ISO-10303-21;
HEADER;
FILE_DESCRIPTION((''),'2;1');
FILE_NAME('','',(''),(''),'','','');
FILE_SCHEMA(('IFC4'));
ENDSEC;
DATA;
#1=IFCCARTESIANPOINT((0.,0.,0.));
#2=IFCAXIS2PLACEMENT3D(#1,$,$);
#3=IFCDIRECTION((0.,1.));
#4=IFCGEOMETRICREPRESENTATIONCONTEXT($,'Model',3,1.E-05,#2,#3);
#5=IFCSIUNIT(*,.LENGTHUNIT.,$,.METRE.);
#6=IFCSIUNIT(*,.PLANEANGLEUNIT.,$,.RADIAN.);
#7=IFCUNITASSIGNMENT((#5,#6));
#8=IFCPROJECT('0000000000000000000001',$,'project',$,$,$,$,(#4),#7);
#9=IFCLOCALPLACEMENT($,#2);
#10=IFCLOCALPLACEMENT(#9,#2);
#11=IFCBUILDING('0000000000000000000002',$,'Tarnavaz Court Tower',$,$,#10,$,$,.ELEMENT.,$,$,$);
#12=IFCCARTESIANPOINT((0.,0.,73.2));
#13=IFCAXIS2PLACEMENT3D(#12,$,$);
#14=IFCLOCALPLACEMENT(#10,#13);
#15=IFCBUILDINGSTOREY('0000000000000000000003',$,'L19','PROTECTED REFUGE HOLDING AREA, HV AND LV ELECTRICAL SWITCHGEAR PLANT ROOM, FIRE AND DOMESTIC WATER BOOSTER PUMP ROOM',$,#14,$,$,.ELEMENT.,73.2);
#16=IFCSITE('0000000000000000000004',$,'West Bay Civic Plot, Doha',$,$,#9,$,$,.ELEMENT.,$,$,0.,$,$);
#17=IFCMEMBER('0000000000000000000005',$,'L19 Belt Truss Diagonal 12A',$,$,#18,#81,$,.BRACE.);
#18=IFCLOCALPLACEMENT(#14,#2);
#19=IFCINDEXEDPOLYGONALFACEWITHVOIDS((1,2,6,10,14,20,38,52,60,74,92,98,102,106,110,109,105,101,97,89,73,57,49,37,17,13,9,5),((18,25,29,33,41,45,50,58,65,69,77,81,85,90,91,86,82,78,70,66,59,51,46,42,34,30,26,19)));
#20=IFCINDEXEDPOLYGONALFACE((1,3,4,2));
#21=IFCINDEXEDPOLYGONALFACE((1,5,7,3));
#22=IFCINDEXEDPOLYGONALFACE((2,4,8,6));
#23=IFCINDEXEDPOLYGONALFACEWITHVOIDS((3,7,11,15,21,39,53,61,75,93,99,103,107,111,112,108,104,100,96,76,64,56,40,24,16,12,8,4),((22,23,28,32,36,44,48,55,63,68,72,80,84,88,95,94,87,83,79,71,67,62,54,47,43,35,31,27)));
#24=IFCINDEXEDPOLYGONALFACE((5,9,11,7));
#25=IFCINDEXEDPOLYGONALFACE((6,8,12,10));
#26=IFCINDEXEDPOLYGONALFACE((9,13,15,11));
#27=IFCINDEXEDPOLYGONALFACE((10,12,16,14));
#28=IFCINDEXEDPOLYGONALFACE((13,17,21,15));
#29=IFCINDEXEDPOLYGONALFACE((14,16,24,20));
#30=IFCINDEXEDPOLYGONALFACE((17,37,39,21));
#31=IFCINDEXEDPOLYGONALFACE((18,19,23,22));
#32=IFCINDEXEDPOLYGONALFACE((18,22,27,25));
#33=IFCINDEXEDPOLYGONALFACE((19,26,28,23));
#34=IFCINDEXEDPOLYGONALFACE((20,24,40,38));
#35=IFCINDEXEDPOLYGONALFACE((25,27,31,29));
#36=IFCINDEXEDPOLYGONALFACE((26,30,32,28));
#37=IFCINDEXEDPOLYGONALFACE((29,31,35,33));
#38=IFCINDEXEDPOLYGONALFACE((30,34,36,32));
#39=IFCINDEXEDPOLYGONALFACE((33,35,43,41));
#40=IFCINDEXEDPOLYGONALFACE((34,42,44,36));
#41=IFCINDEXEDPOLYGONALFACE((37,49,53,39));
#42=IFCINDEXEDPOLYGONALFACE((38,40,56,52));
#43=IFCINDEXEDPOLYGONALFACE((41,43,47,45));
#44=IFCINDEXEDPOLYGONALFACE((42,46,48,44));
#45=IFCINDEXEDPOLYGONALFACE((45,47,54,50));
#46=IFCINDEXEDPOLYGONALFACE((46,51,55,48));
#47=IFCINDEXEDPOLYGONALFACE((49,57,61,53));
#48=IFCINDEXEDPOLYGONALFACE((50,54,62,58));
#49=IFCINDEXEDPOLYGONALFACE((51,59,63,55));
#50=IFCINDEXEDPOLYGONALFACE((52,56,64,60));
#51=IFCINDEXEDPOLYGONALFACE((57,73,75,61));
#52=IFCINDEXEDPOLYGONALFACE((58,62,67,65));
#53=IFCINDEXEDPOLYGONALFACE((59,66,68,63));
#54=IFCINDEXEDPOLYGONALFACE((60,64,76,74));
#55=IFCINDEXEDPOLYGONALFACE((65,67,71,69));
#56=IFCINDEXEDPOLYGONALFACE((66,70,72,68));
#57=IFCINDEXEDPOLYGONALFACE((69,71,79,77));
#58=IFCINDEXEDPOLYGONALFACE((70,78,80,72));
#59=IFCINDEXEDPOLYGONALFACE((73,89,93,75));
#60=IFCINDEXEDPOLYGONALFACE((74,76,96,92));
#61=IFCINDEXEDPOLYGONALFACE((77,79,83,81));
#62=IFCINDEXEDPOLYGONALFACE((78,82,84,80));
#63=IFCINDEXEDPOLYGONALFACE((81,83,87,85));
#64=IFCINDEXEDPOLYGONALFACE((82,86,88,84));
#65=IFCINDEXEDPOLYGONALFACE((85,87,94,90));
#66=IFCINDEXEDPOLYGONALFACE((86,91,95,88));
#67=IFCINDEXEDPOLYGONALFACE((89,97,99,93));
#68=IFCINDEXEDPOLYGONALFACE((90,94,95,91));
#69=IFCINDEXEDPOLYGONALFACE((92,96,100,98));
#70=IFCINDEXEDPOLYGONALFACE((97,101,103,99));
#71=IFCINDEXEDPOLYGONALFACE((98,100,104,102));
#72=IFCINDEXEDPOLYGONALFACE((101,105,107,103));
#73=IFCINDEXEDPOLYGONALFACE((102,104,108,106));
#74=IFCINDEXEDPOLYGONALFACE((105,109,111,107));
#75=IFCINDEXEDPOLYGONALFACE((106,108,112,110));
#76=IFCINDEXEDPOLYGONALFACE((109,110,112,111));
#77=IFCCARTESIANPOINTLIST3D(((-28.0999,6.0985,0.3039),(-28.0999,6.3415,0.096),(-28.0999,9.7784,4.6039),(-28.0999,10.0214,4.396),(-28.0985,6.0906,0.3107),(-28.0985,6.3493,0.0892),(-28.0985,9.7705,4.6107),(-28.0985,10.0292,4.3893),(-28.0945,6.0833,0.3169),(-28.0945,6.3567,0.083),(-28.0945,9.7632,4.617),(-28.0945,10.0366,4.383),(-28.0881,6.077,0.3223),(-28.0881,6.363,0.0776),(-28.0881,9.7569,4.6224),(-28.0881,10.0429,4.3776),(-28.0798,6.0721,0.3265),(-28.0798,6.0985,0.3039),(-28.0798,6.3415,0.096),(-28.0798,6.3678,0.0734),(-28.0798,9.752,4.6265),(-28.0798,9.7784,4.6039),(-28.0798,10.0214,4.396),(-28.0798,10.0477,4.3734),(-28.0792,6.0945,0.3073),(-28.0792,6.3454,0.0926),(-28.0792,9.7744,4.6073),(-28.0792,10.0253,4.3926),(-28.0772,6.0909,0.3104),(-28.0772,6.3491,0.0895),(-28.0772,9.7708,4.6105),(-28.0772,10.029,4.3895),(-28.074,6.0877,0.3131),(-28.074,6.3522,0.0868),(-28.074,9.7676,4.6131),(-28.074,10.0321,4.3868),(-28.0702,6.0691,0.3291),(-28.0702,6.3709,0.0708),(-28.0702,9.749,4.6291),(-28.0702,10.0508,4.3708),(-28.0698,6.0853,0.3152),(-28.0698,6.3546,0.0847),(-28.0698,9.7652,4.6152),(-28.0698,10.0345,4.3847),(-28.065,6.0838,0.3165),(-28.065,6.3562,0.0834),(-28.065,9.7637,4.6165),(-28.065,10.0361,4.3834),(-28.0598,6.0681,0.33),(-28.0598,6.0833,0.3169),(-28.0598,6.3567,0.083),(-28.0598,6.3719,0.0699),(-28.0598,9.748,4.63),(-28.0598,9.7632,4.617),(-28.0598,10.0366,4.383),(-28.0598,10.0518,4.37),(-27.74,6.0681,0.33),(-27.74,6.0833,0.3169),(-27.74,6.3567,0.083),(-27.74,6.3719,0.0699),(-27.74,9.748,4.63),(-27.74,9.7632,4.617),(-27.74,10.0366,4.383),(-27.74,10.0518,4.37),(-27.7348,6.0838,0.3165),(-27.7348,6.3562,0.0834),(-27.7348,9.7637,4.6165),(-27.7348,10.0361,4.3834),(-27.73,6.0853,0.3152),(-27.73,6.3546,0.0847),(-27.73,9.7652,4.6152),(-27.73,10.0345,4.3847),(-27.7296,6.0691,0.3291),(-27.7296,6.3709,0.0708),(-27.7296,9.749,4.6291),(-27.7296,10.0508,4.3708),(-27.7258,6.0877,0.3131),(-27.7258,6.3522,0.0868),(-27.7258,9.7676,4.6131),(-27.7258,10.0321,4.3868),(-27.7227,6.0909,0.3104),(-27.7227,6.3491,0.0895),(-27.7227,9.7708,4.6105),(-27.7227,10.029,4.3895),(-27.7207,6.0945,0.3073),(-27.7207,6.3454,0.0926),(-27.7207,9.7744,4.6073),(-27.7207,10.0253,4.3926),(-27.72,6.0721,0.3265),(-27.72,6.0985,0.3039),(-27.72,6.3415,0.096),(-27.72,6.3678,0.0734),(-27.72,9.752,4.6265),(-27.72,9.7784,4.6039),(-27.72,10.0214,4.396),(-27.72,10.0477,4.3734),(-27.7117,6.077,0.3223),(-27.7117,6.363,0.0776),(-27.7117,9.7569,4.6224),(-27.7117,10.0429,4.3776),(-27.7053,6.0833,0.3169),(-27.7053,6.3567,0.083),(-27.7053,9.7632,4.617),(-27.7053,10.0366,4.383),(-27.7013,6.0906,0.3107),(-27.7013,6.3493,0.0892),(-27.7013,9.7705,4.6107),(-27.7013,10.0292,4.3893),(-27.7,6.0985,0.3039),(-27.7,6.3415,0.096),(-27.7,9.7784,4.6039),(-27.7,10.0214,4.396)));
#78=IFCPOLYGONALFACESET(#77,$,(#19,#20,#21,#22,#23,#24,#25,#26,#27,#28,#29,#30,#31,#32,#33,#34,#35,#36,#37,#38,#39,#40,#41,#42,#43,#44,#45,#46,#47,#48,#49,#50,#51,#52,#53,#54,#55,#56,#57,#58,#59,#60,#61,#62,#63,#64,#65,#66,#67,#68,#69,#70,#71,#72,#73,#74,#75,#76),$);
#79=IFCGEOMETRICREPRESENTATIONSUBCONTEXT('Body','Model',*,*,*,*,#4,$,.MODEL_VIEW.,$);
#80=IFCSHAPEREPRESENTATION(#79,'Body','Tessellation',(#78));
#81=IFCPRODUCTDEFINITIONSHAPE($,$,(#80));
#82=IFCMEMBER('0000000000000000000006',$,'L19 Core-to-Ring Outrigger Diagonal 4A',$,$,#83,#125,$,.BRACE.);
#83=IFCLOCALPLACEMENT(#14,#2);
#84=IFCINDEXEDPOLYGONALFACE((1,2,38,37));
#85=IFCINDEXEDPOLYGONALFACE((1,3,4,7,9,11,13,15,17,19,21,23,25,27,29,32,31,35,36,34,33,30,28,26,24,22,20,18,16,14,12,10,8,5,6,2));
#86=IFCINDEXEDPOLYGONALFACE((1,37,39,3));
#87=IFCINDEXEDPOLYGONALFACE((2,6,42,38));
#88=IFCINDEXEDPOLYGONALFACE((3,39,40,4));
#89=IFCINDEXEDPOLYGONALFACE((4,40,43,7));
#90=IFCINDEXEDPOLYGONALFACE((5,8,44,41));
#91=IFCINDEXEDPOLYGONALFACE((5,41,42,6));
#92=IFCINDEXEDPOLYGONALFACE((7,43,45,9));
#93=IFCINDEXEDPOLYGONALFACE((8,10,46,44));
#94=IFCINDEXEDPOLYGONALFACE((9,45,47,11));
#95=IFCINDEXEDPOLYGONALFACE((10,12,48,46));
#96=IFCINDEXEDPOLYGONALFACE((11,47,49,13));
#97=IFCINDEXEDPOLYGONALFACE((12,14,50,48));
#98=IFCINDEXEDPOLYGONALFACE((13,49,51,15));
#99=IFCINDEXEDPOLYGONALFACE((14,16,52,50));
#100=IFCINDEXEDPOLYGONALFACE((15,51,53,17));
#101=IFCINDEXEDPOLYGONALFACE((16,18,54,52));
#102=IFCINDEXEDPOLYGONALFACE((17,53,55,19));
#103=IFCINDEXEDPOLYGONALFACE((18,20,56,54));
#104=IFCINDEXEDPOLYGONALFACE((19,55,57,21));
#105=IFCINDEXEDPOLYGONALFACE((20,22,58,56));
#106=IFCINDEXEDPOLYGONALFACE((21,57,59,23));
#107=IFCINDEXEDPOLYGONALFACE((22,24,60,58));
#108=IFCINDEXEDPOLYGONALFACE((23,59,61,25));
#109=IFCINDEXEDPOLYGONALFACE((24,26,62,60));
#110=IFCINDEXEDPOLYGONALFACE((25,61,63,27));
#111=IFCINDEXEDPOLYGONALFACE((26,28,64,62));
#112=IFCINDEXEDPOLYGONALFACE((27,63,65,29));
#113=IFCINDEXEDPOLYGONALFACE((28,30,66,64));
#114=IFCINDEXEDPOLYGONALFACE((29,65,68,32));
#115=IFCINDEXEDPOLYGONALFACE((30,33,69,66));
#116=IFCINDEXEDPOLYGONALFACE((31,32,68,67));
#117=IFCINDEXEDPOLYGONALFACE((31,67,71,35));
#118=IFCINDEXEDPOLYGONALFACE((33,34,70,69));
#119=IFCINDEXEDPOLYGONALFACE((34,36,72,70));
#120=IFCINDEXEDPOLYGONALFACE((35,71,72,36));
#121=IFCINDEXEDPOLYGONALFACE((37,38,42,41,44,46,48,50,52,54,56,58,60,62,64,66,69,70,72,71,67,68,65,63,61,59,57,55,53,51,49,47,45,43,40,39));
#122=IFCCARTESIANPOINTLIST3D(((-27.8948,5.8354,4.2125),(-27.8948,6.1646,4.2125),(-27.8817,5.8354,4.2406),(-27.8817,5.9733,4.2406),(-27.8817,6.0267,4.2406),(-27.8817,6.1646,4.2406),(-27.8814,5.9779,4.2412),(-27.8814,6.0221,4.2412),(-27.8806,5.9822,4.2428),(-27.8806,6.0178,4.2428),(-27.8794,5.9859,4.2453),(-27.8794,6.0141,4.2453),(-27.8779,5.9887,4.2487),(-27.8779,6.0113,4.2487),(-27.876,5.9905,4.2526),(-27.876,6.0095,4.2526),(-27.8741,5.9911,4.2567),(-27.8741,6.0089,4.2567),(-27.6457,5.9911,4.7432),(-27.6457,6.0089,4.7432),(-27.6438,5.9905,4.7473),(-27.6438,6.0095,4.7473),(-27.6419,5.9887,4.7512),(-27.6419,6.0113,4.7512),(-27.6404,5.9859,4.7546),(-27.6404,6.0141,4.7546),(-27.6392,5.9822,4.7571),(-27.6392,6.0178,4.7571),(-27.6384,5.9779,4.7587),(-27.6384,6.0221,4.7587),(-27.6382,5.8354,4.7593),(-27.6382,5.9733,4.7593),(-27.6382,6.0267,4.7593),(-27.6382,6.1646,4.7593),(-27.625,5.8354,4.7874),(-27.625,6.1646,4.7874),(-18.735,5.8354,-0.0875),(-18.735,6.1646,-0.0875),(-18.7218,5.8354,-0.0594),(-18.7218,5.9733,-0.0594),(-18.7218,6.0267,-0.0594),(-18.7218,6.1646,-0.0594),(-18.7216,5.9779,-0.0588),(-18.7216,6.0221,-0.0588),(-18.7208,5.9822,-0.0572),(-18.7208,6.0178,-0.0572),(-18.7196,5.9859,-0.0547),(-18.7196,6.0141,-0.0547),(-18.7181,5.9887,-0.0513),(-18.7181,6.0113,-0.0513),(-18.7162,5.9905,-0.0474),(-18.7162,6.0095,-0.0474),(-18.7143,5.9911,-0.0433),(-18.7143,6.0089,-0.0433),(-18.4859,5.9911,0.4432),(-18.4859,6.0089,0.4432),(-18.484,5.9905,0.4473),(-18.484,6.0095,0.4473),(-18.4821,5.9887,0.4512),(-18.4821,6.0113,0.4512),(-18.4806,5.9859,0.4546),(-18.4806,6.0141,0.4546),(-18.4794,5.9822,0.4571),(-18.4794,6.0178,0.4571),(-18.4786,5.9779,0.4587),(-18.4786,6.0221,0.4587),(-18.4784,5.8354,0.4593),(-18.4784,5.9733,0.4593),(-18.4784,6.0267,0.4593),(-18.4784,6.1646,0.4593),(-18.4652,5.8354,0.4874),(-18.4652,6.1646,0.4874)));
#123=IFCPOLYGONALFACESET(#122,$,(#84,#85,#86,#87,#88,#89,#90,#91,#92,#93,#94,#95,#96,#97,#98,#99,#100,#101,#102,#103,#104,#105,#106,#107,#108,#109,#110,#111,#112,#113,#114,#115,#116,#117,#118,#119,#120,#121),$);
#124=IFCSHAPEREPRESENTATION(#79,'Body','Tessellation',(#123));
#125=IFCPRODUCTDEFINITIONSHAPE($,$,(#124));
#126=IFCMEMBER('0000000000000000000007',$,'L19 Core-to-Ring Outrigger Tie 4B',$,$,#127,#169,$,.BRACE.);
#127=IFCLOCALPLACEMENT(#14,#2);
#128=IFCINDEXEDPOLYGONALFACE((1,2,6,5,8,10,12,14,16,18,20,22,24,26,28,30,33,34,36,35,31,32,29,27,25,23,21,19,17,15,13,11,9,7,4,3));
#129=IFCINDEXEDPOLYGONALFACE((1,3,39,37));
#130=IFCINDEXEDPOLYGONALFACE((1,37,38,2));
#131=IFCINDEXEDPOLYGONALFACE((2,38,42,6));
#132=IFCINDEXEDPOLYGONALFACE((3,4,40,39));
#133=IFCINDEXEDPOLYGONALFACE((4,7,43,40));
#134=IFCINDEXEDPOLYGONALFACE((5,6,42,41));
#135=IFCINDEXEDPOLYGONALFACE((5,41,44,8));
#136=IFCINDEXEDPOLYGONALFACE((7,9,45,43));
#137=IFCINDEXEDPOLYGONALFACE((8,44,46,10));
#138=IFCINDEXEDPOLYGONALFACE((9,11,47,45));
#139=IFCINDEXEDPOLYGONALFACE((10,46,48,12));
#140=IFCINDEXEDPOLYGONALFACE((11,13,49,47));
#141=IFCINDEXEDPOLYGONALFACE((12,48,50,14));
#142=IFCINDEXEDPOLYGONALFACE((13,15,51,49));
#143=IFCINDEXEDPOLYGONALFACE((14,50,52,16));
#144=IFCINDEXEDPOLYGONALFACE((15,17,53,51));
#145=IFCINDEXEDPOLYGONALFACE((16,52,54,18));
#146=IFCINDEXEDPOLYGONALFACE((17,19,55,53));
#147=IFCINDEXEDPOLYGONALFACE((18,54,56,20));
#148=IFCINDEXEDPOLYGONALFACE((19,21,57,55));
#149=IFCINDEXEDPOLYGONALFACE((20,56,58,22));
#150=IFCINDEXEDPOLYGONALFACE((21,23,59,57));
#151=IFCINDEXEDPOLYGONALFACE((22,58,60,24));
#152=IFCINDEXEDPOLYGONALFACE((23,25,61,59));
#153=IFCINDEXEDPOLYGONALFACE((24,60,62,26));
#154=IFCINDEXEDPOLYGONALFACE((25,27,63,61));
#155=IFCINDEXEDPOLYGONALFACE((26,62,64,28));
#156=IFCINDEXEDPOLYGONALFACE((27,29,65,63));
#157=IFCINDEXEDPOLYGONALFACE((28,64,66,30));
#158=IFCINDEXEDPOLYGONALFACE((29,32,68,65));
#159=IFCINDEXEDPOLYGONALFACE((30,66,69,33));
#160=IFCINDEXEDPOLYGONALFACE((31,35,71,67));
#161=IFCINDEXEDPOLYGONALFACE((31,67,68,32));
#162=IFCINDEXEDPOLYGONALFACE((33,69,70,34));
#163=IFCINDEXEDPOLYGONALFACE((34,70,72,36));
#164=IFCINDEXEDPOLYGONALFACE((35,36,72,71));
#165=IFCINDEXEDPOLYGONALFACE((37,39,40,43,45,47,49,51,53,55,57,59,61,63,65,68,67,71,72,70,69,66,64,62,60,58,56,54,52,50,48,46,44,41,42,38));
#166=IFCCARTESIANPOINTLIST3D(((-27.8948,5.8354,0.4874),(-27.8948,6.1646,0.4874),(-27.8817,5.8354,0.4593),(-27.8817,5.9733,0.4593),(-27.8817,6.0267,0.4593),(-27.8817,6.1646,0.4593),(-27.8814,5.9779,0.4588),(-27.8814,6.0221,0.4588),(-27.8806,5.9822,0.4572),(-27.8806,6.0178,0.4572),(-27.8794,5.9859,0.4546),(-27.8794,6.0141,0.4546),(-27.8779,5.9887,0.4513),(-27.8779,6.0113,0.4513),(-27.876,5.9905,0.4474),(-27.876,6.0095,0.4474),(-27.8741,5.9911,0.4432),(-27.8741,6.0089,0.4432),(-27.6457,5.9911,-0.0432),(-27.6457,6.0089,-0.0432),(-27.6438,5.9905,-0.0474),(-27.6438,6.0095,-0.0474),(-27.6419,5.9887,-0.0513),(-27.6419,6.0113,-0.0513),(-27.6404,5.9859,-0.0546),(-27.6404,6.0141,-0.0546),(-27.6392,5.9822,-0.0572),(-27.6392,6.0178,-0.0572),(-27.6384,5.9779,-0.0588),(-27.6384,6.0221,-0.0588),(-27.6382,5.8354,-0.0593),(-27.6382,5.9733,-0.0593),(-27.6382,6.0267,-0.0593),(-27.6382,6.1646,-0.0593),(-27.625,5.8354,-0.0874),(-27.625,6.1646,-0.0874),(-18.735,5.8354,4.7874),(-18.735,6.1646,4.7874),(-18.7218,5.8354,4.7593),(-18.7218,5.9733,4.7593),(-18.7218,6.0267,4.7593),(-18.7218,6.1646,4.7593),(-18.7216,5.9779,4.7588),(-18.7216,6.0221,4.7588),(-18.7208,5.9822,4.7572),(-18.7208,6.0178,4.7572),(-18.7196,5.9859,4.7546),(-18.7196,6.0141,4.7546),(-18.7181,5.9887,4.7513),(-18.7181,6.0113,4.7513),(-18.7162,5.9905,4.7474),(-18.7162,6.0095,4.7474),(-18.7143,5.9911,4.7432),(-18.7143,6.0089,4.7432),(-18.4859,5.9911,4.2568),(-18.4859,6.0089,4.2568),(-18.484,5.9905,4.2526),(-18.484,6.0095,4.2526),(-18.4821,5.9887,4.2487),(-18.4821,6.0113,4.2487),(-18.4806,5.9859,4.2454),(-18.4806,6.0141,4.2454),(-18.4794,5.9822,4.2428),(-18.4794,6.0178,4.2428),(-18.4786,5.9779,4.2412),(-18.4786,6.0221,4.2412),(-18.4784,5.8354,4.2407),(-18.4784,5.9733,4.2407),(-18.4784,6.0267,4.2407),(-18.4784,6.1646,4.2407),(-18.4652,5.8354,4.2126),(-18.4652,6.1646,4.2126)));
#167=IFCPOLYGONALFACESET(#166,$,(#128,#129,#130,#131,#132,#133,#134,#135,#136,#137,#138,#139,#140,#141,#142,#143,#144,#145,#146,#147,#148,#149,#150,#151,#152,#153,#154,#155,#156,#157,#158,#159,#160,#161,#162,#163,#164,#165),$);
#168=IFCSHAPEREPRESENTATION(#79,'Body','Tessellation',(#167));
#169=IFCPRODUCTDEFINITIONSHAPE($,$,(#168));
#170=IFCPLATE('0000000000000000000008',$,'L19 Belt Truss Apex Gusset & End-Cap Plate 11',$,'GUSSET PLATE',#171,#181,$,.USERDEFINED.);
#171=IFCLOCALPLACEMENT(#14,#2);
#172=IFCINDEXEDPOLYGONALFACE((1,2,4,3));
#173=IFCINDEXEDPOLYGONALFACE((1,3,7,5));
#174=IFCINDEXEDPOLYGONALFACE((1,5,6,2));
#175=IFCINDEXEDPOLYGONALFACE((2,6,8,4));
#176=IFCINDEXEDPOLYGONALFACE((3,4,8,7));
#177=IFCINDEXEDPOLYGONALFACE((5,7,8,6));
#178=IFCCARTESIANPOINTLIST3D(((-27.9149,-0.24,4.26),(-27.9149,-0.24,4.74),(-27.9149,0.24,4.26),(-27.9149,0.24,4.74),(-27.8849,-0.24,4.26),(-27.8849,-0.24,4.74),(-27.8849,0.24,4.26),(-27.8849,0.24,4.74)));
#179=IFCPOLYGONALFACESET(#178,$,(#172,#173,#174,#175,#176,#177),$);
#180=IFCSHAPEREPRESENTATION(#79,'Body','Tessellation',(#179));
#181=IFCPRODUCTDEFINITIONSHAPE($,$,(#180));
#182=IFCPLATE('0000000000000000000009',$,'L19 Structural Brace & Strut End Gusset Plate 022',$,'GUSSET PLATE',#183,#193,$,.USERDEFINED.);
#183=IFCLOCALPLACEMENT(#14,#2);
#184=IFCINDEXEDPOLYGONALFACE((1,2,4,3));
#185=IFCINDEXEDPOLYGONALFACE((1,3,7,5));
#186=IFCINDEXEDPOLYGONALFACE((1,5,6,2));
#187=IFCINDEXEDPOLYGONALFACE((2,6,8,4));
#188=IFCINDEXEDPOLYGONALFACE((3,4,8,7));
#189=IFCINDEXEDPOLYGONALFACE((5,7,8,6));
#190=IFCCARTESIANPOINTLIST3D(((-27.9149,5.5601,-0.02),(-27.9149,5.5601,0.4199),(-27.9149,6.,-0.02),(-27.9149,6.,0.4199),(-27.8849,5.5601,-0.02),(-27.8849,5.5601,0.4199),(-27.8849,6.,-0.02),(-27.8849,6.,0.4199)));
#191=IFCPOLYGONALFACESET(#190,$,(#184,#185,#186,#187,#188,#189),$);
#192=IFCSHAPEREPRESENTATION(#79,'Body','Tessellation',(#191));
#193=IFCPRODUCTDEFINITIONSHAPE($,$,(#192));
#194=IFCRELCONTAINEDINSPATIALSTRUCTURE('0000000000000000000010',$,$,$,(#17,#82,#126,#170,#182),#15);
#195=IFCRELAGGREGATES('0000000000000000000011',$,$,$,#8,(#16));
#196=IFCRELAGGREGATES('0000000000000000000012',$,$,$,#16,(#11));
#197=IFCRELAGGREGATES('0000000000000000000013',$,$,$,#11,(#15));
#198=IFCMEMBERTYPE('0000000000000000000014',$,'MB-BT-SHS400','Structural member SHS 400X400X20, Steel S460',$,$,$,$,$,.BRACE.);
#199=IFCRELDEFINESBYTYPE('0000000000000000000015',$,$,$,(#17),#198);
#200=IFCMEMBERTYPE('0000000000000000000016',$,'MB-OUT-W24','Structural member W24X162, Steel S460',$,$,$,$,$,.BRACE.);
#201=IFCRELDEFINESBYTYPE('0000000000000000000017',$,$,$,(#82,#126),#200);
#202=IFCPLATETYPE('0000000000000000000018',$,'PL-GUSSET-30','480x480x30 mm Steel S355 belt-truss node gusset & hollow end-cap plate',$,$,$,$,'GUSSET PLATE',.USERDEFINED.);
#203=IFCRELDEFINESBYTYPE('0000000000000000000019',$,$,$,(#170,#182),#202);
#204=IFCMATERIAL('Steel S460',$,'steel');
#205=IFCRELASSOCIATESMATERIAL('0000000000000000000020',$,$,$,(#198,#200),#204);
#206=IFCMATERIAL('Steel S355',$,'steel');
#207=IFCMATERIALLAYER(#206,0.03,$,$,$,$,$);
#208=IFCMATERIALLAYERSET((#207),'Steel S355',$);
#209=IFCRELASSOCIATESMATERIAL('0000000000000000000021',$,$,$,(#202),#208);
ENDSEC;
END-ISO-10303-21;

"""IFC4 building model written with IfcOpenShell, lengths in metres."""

from ifc_helpers import new_model, si_unit, direction, frame, origin, origin_2d, place, context, subcontext, project, spatial, rectangle, hollow_rectangle, i_section, extrude, material, layer, layer_set, material_profile, profile_set, type_object, element, save


model = new_model("IFC4")

# Units and contexts
model_context = context("Model", 3, precision=1e-05, world=origin(), true_north=direction((0.0, 1.0)))
body_context = subcontext(model_context, "Body", "Model", "MODEL_VIEW")
ifc_project = project(units=[si_unit("LENGTHUNIT", "METRE"), si_unit("PLANEANGLEUNIT", "RADIAN")], contexts=[model_context])

# Site, building, storey
site_placement = place(None, origin())
site = spatial("IfcSite", under=ifc_project, at=site_placement, Name="West Bay Civic Plot, Doha", CompositionType="ELEMENT", RefElevation=0.0)
building_placement = place(site_placement, origin())
building = spatial("IfcBuilding", under=site, at=building_placement, Name="Tarnavaz Court Tower", CompositionType="ELEMENT")
storey_placement = place(building_placement, frame((0.0, 0.0, 73.2)))
storey = spatial("IfcBuildingStorey", under=building, at=storey_placement, Name="L19", Description="PROTECTED REFUGE HOLDING AREA, HV AND LV ELECTRICAL SWITCHGEAR PLANT ROOM, FIRE AND DOMESTIC WATER BOOSTER PUMP ROOM", CompositionType="ELEMENT", Elevation=73.2)

# Shared definitions
ifc_material_1 = material(Name="Steel S460", Category="steel")

# Members
ifc_material_profile_1 = material_profile(ifc_material_1, hollow_rectangle(XDim=0.3999, YDim=0.3999, WallThickness=0.02, InnerFilletRadius=0.02, OuterFilletRadius=0.04, at=origin_2d()), Name="SHS 400X400X20")
ifc_profile_set_1 = profile_set([ifc_material_profile_1], Name="Steel S460")
member_type_1 = type_object("IfcMemberType", Name="MB-BT-SHS400", Description="Structural member SHS 400X400X20, Steel S460", PredefinedType="BRACE", material=ifc_profile_set_1)
member_1_placement = place(storey_placement, frame((-27.8999, 6.22, 0.2), z_axis=(0.0, 0.650198, 0.759765), x_axis=(-1.0, 0.0, 0.0)))
element("IfcMember", 1, at=member_1_placement, inside=storey, type_object=member_type_1, Name="L19 Belt Truss Diagonal 12A", PredefinedType="BRACE", context=body_context, shape_type="SweptSolid", body=[
    extrude(hollow_rectangle(XDim=0.3999, YDim=0.3999, WallThickness=0.02, InnerFilletRadius=0.02, OuterFilletRadius=0.04, at=origin_2d()), origin(), (0.0, 0.0, 1.0), 5.6597),
])
ifc_material_profile_2 = material_profile(ifc_material_1, i_section(OverallWidth=0.3291, OverallDepth=0.635, WebThickness=0.0178, FlangeThickness=0.031, FilletRadius=0.0178, at=origin_2d()), Name="W24X162")
ifc_profile_set_2 = profile_set([ifc_material_profile_2], Name="Steel S460")
member_type_2 = type_object("IfcMemberType", Name="MB-OUT-W24", Description="Structural member W24X162, Steel S460", PredefinedType="BRACE", material=ifc_profile_set_2)
for number, where, z_axis, x_axis, name in (
    (2, (-18.6001, 6.0, 0.2), (-0.905218, 0.0, 0.424947), (0.0, -1.0, 0.0), "L19 Core-to-Ring Outrigger Diagonal 4A"),
    (3, (-18.6001, 6.0, 4.5), (-0.905218, 0.0, -0.424947), (0.0, -1.0, 0.0), "L19 Core-to-Ring Outrigger Tie 4B"),
):
    element("IfcMember", number, at=place(storey_placement, frame(where, z_axis=z_axis, x_axis=x_axis)), inside=storey, type_object=member_type_2, Name=name, PredefinedType="BRACE", context=body_context, shape_type="SweptSolid", body=[
        extrude(i_section(OverallWidth=0.3291, OverallDepth=0.635, WebThickness=0.0178, FlangeThickness=0.031, FilletRadius=0.0178, at=origin_2d()), origin(), (0.0, 0.0, 1.0), 10.1189),
    ])

# Plates
ifc_material_2 = material(Name="Steel S355", Category="steel")
ifc_layer_1 = layer(ifc_material_2, 0.03)
ifc_layer_set_1 = layer_set([ifc_layer_1], Name="Steel S355")
plate_type = type_object("IfcPlateType", Name="PL-GUSSET-30", Description="480x480x30 mm Steel S355 belt-truss node gusset & hollow end-cap plate", ElementType="GUSSET PLATE", PredefinedType="USERDEFINED", material=ifc_layer_set_1)
plate_placement = place(storey_placement, frame((-27.8999, 0.0, 4.26), z_axis=(0.0, 0.0, 1.0), x_axis=(0.0, 1.0, 0.0)))
element("IfcPlate", 4, at=plate_placement, inside=storey, type_object=plate_type, Name="L19 Belt Truss Apex Gusset & End-Cap Plate 11", ObjectType="GUSSET PLATE", PredefinedType="USERDEFINED", context=body_context, shape_type="SweptSolid", body=[
    extrude(rectangle(XDim=0.48, YDim=0.03, at=origin_2d()), origin(), (0.0, 0.0, 1.0), 0.48),
])
for number, where, z_axis, x_axis, name in (
    (5, (-27.8999, 5.78, -0.02), (0.0, 0.0, 1.0), (0.0, 1.0, 0.0), "L19 Structural Brace & Strut End Gusset Plate 022"),
):
    element("IfcPlate", number, at=place(storey_placement, frame(where, z_axis=z_axis, x_axis=x_axis)), inside=storey, type_object=plate_type, Name=name, ObjectType="GUSSET PLATE", PredefinedType="USERDEFINED", context=body_context, shape_type="SweptSolid", body=[
        extrude(rectangle(XDim=0.4399, YDim=0.03, at=origin_2d()), origin(), (0.0, 0.0, 1.0), 0.4399),
    ])

save(model, "model.ifc")
